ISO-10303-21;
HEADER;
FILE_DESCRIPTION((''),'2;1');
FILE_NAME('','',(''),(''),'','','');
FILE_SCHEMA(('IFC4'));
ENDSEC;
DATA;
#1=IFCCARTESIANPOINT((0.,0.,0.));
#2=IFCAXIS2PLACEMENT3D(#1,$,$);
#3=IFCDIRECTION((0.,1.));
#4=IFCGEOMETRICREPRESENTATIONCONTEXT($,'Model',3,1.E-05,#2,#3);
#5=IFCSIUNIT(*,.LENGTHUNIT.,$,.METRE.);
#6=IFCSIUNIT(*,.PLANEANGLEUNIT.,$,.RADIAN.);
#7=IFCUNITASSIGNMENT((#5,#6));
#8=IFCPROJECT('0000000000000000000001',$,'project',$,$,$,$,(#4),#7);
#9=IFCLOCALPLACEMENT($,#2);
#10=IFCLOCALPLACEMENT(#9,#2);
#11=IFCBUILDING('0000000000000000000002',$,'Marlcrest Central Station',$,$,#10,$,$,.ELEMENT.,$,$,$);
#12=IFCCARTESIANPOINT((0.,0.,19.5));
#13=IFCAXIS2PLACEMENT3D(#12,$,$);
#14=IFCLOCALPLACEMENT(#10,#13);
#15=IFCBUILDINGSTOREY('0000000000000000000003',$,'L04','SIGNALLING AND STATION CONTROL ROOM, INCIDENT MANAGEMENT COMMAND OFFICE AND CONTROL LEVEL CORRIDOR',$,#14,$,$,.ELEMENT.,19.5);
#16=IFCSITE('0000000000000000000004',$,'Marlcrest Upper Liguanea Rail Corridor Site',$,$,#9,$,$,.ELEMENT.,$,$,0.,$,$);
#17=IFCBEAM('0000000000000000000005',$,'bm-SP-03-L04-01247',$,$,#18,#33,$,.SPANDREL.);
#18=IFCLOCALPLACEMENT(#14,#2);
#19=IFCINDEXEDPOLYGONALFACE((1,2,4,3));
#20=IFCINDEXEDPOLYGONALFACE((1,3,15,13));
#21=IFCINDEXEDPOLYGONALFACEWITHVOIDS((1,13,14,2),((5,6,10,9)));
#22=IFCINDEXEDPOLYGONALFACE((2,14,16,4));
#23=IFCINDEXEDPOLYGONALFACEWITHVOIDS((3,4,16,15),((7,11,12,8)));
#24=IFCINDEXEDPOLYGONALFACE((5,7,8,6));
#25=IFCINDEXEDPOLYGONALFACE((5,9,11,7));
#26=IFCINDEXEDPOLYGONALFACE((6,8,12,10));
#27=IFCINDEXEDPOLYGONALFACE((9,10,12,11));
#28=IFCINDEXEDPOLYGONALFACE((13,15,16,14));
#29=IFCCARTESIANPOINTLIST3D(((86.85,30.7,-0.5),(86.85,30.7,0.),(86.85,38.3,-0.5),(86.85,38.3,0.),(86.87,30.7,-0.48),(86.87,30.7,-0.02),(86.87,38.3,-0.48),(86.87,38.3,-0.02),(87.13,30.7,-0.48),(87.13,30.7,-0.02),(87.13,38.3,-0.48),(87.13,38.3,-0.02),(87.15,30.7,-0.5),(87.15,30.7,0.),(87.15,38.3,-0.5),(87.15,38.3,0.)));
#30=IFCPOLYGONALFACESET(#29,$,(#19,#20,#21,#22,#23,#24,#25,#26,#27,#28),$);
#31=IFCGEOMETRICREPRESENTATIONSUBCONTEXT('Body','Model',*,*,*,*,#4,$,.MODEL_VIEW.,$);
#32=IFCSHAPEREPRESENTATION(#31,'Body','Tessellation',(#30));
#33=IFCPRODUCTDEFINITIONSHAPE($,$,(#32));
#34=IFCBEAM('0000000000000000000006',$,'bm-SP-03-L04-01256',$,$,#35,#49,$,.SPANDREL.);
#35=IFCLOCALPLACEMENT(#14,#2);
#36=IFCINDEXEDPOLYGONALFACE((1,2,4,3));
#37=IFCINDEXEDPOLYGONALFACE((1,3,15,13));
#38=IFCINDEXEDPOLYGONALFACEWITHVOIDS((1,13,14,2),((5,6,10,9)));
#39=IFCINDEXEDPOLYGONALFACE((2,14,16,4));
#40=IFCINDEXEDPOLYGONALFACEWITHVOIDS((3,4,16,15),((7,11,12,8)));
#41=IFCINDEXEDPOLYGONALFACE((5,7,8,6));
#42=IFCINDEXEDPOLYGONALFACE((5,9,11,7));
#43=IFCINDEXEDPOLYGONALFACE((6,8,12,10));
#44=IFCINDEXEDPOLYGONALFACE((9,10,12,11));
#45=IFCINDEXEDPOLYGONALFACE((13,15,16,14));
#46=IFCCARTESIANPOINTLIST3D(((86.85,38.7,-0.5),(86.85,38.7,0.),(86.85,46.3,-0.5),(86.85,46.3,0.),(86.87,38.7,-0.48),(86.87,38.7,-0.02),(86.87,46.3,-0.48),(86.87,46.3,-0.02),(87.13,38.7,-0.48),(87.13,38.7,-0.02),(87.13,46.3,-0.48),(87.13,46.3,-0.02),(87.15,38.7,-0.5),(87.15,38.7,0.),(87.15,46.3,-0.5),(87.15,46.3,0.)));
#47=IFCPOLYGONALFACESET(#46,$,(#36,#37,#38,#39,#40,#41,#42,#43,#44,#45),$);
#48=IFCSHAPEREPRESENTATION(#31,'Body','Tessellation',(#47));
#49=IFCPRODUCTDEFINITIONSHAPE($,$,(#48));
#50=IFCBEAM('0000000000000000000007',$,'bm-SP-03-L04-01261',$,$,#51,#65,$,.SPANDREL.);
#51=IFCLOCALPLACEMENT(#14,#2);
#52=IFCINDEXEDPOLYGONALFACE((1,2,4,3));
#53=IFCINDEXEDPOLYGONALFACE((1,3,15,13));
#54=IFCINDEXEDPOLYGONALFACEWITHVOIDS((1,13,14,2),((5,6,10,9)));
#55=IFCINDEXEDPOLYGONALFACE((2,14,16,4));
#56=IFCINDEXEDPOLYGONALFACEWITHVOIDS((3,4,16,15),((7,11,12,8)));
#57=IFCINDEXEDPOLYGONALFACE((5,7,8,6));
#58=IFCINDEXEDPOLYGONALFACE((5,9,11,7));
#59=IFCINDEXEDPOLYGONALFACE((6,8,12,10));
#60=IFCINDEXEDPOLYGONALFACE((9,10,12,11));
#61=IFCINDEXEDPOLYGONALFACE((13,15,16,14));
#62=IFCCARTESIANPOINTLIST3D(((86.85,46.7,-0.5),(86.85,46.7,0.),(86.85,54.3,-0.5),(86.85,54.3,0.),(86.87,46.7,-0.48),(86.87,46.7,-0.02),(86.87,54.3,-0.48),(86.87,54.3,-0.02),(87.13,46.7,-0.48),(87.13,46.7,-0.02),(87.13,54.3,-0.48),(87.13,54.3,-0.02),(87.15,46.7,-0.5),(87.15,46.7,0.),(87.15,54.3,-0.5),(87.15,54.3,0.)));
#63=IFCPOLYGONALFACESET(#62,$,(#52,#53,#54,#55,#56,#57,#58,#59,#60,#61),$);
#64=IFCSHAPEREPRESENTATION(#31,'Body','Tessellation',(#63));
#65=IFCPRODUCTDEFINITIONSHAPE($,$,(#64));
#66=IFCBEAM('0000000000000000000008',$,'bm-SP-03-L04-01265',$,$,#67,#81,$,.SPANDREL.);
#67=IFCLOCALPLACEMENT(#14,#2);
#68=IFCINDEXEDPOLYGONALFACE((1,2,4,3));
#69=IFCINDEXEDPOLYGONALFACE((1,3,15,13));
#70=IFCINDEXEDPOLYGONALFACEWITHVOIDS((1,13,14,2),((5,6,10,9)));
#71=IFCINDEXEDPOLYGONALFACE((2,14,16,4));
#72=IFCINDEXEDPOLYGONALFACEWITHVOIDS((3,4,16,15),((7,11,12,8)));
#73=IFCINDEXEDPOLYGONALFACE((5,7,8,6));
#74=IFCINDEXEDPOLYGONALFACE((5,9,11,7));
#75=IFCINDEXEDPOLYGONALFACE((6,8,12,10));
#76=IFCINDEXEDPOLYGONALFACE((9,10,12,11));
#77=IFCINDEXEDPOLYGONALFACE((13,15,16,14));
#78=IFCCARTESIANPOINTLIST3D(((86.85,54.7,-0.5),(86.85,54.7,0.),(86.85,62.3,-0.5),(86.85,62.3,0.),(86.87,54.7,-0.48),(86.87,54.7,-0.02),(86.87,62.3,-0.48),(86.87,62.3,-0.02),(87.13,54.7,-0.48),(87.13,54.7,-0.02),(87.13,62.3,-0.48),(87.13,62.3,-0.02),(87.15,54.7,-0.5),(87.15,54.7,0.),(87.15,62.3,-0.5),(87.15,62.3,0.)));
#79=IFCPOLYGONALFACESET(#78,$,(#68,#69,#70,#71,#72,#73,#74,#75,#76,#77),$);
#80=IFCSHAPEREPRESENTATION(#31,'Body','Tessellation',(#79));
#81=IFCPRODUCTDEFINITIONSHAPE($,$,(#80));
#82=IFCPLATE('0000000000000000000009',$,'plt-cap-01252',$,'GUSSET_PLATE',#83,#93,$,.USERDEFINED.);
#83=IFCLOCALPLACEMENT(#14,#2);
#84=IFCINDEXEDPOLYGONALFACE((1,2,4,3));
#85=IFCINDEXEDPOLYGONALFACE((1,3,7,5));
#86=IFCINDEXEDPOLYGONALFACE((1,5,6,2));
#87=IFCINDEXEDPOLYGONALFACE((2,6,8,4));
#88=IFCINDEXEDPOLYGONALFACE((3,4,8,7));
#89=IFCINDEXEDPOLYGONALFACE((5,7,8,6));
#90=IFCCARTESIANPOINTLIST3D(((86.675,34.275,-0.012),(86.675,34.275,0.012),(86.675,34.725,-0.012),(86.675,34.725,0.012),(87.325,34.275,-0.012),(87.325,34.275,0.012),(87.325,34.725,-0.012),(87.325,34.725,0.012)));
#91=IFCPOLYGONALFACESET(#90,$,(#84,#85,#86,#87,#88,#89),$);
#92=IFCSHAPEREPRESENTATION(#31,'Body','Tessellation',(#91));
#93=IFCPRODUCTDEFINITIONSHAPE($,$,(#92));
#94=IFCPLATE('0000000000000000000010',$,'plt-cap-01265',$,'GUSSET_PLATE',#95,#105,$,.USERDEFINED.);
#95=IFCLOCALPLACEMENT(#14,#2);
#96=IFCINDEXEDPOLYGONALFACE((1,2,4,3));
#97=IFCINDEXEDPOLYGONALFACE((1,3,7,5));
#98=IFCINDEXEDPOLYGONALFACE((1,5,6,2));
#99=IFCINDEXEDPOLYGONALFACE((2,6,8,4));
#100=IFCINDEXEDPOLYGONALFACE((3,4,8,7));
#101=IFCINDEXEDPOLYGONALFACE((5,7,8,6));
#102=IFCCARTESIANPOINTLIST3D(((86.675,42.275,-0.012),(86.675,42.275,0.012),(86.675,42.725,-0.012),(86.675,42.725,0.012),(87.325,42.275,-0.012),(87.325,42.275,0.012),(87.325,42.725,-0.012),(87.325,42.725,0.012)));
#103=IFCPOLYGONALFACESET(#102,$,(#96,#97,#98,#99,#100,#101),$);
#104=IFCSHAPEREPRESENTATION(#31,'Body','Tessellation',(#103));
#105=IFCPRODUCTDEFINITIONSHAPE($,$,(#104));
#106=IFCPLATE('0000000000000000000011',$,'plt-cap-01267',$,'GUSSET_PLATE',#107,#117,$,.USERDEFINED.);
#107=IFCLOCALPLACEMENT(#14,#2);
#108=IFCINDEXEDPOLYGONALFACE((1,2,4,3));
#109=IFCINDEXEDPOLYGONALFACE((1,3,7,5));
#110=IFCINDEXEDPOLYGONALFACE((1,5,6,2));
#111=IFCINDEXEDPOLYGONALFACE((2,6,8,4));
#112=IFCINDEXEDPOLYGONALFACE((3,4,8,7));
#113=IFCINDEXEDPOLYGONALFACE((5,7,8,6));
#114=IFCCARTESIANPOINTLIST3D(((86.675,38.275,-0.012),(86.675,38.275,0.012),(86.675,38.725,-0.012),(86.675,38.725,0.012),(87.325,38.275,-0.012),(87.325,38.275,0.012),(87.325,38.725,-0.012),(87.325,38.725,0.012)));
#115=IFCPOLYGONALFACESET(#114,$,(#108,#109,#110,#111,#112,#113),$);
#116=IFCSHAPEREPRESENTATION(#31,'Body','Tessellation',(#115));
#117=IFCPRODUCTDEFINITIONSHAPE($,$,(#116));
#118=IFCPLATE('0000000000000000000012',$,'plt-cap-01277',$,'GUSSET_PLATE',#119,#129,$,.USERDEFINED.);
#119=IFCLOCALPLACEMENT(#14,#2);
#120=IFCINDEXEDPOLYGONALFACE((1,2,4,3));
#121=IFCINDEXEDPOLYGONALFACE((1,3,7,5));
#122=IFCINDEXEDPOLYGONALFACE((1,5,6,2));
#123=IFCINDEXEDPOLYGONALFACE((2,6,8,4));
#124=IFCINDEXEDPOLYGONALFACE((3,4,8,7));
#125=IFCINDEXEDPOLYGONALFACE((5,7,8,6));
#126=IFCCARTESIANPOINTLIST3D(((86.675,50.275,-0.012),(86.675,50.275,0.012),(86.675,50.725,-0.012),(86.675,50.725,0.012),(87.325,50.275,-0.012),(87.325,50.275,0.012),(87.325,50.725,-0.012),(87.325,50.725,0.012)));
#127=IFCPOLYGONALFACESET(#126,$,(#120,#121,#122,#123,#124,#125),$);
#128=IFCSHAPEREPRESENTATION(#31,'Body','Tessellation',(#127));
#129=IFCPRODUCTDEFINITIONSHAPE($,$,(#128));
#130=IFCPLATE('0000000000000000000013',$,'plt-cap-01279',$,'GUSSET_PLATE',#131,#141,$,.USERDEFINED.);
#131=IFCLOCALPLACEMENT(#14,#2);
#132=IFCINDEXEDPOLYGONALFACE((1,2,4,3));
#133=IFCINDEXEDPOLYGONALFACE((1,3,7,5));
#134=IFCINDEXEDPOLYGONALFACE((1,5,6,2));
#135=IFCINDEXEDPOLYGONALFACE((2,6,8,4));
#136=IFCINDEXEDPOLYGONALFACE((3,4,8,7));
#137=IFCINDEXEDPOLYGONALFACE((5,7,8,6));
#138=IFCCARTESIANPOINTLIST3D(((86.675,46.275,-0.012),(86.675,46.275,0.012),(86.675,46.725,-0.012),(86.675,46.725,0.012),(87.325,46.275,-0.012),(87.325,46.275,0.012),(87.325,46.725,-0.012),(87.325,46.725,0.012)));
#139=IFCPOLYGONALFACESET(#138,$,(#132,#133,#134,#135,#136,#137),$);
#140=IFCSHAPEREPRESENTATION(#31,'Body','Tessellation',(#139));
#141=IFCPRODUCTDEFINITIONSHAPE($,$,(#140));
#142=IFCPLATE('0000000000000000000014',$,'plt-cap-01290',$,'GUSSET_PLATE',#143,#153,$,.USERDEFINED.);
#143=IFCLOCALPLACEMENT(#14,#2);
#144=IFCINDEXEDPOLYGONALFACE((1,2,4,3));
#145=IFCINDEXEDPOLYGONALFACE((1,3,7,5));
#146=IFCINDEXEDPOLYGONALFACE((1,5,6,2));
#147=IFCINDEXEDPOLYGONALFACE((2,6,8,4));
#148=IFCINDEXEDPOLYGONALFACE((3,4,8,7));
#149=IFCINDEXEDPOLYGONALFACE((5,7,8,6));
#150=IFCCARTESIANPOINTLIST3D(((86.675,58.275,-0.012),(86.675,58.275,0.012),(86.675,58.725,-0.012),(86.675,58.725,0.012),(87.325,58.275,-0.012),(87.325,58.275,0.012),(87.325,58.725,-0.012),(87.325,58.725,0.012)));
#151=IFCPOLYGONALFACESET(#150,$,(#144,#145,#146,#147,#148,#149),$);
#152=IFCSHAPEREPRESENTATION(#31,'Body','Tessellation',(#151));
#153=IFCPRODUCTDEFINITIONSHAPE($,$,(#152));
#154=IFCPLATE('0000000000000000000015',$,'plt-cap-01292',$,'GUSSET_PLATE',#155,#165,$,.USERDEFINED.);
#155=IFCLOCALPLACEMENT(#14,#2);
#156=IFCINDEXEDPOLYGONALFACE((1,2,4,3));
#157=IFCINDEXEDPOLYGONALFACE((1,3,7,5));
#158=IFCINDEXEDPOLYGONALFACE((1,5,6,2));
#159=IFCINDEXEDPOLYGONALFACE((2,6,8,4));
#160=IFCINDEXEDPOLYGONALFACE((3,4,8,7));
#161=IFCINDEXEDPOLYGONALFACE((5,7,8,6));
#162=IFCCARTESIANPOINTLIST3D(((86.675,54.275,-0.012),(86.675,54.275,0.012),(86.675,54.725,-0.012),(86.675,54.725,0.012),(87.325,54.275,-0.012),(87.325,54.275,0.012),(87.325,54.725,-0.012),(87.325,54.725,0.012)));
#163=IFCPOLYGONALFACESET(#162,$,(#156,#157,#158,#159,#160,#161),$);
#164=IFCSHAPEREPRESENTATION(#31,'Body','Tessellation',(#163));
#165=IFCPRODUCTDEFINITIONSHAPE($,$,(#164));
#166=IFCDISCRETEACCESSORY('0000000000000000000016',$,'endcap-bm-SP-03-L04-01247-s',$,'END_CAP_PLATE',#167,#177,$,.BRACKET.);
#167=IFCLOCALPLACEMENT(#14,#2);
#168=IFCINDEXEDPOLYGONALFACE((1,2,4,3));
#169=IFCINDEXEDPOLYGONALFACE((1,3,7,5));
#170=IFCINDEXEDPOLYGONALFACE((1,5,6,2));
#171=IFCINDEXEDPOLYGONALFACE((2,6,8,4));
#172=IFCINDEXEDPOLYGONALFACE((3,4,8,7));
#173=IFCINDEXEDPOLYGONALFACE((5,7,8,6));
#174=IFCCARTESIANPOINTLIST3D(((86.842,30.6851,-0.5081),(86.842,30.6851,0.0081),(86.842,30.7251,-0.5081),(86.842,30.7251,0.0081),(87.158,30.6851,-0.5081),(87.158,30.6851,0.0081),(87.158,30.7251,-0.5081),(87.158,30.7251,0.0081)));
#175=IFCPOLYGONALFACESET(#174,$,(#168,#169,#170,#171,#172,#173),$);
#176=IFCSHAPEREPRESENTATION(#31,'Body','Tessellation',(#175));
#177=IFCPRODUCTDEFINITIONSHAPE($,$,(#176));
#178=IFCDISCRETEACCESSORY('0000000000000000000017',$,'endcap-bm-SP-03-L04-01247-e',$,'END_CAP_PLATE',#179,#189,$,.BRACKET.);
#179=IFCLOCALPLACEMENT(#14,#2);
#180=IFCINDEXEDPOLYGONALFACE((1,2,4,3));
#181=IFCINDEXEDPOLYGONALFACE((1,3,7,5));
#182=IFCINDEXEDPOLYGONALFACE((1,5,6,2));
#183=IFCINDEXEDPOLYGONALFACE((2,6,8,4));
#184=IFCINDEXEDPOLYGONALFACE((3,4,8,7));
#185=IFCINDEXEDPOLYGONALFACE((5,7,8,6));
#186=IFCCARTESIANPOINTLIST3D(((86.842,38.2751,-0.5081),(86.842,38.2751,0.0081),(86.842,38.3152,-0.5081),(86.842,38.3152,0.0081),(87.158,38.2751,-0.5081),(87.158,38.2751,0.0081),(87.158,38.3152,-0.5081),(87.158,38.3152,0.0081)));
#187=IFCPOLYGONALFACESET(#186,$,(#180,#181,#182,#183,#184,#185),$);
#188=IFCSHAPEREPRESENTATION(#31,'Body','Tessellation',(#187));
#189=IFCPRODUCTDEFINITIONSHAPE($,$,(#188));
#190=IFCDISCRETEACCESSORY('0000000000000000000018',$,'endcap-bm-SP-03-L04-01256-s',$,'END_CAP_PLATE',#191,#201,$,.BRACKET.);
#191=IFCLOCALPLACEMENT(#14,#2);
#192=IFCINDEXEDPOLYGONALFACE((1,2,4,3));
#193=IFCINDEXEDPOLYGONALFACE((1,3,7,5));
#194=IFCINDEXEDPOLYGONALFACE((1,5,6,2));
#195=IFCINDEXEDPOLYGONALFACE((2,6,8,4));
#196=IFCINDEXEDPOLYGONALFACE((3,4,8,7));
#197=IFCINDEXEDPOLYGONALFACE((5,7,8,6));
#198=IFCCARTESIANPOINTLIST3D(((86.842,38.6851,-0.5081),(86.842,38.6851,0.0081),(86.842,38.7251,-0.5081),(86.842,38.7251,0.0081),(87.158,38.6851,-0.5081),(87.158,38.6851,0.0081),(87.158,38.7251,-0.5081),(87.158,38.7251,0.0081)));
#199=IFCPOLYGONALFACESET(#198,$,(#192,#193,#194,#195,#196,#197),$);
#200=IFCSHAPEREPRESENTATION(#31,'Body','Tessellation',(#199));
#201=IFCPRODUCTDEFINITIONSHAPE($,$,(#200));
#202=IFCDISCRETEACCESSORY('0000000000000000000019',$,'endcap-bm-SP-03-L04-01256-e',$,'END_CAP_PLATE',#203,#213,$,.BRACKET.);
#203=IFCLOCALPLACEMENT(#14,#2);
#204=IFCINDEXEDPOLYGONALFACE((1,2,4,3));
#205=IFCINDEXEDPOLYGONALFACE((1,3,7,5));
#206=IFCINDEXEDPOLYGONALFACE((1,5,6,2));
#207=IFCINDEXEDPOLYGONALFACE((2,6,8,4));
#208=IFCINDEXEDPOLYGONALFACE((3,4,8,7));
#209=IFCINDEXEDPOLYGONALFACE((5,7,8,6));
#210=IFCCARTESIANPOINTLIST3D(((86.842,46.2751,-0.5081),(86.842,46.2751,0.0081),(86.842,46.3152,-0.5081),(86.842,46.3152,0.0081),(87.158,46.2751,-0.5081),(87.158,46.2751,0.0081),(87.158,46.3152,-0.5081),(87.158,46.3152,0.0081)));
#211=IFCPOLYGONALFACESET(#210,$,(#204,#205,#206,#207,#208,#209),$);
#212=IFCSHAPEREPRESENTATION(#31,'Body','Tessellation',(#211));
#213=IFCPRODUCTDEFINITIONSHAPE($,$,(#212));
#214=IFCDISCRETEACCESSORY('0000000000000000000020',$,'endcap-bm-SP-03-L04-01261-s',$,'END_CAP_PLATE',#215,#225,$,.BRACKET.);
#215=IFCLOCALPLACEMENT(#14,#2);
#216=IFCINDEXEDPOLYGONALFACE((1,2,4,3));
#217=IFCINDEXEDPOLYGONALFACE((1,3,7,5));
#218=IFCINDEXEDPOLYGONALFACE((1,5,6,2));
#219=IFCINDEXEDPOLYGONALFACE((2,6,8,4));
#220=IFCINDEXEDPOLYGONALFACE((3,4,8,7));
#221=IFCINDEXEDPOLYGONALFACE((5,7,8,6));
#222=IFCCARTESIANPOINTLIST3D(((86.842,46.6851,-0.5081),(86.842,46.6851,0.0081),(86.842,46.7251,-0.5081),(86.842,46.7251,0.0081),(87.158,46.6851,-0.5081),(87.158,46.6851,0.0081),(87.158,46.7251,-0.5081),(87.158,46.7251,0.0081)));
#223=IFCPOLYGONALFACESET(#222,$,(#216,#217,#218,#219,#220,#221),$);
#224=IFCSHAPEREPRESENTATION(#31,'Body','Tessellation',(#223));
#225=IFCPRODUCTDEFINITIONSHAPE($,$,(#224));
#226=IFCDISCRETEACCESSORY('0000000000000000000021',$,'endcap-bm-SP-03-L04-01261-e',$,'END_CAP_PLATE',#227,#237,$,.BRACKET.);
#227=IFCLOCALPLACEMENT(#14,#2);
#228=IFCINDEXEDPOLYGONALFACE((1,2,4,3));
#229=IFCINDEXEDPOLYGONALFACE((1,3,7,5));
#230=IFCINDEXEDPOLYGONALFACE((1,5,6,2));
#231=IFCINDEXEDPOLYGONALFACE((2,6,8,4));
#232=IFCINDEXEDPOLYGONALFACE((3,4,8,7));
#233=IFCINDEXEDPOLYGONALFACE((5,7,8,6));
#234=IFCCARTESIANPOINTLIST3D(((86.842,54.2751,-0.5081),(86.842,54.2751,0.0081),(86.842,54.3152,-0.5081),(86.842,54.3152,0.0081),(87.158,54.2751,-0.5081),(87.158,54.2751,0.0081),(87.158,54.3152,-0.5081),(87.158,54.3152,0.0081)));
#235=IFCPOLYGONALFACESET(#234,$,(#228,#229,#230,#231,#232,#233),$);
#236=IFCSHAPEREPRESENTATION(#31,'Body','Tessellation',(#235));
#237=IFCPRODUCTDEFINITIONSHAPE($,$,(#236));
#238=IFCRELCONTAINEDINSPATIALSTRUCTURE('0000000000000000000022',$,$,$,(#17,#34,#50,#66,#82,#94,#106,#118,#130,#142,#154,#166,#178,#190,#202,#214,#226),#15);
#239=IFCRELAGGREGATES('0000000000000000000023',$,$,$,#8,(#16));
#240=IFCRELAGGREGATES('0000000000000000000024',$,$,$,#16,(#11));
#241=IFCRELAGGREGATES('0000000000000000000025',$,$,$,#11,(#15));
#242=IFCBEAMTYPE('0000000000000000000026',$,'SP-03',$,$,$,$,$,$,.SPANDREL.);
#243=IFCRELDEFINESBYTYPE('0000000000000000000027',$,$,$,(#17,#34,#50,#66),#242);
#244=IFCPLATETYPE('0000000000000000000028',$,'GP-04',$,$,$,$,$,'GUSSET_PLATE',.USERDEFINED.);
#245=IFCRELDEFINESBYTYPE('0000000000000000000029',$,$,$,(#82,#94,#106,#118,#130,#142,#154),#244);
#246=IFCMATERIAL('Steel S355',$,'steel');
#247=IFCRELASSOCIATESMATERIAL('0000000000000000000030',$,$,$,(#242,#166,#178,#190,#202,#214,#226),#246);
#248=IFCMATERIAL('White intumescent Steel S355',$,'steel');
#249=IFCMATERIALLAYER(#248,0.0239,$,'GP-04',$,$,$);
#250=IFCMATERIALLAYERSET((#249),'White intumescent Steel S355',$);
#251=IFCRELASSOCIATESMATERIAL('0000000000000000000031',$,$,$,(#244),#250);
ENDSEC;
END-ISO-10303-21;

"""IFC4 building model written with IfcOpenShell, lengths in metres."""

from ifc_helpers import new_model, si_unit, direction, frame, origin, origin_2d, place, context, subcontext, project, spatial, rectangle, hollow_rectangle, extrude, material, layer, layer_set, material_profile, profile_set, type_object, element, save


model = new_model("IFC4")

# Units and contexts
model_context = context("Model", 3, precision=1e-05, world=origin(), true_north=direction((0.0, 1.0)))
body_context = subcontext(model_context, "Body", "Model", "MODEL_VIEW")
ifc_project = project(units=[si_unit("LENGTHUNIT", "METRE"), si_unit("PLANEANGLEUNIT", "RADIAN")], contexts=[model_context])

# Site, building, storey
site_placement = place(None, origin())
site = spatial("IfcSite", under=ifc_project, at=site_placement, Name="Marlcrest Upper Liguanea Rail Corridor Site", CompositionType="ELEMENT", RefElevation=0.0)
building_placement = place(site_placement, origin())
building = spatial("IfcBuilding", under=site, at=building_placement, Name="Marlcrest Central Station", CompositionType="ELEMENT")
storey_placement = place(building_placement, frame((0.0, 0.0, 19.5)))
storey = spatial("IfcBuildingStorey", under=building, at=storey_placement, Name="L04", Description="SIGNALLING AND STATION CONTROL ROOM, INCIDENT MANAGEMENT COMMAND OFFICE AND CONTROL LEVEL CORRIDOR", CompositionType="ELEMENT", Elevation=19.5)

# Beams
ifc_material_1 = material(Name="Steel S355", Category="steel")
ifc_material_profile = material_profile(ifc_material_1, hollow_rectangle(XDim=0.3, YDim=0.5, WallThickness=0.02, at=origin_2d()), Name="RHS 500x300x20")
ifc_profile_set = profile_set([ifc_material_profile], Name="Steel S355")
beam_type = type_object("IfcBeamType", Name="SP-03", PredefinedType="SPANDREL", material=ifc_profile_set)
for number, where, z_axis, x_axis, name in (
    (1, (87.0, 30.7, -0.25), (0.0, 1.0, 0.0), (-1.0, 0.0, 0.0), "bm-SP-03-L04-01247"),
    (2, (87.0, 38.7, -0.25), (0.0, 1.0, 0.0), (-1.0, 0.0, 0.0), "bm-SP-03-L04-01256"),
    (3, (87.0, 46.7, -0.25), (0.0, 1.0, 0.0), (-1.0, 0.0, 0.0), "bm-SP-03-L04-01261"),
    (4, (87.0, 54.7, -0.25), (0.0, 1.0, 0.0), (-1.0, 0.0, 0.0), "bm-SP-03-L04-01265"),
):
    element("IfcBeam", number, at=place(storey_placement, frame(where, z_axis=z_axis, x_axis=x_axis)), inside=storey, type_object=beam_type, Name=name, PredefinedType="SPANDREL", context=body_context, shape_type="SweptSolid", body=[
        extrude(hollow_rectangle(XDim=0.3, YDim=0.5, WallThickness=0.02, at=origin_2d()), origin(), (0.0, 0.0, 1.0), 7.6001),
    ])

# Plates
ifc_material_2 = material(Name="White intumescent Steel S355", Category="steel")
ifc_layer = layer(ifc_material_2, 0.0239, Name="GP-04")
ifc_layer_set = layer_set([ifc_layer], Name="White intumescent Steel S355")
plate_type = type_object("IfcPlateType", Name="GP-04", ElementType="GUSSET_PLATE", PredefinedType="USERDEFINED", material=ifc_layer_set)
for number, where, z_axis, x_axis, name in (
    (5, (87.0, 34.5, -0.012), (0.0, 0.0, 1.0), (1.0, 0.0, 0.0), "plt-cap-01252"),
    (6, (87.0, 42.5, -0.012), (0.0, 0.0, 1.0), (1.0, 0.0, 0.0), "plt-cap-01265"),
    (7, (87.0, 38.5, -0.012), (0.0, 0.0, 1.0), (1.0, 0.0, 0.0), "plt-cap-01267"),
    (8, (87.0, 50.5, -0.012), (0.0, 0.0, 1.0), (1.0, 0.0, 0.0), "plt-cap-01277"),
    (9, (87.0, 46.5, -0.012), (0.0, 0.0, 1.0), (1.0, 0.0, 0.0), "plt-cap-01279"),
    (10, (87.0, 58.5, -0.012), (0.0, 0.0, 1.0), (1.0, 0.0, 0.0), "plt-cap-01290"),
    (11, (87.0, 54.5, -0.012), (0.0, 0.0, 1.0), (1.0, 0.0, 0.0), "plt-cap-01292"),
):
    element("IfcPlate", number, at=place(storey_placement, frame(where, z_axis=z_axis, x_axis=x_axis)), inside=storey, type_object=plate_type, Name=name, ObjectType="GUSSET_PLATE", PredefinedType="USERDEFINED", context=body_context, shape_type="SweptSolid", body=[
        extrude(rectangle(XDim=0.6499, YDim=0.45, at=origin_2d()), origin(), (0.0, 0.0, 1.0), 0.0239),
    ])

# Discrete accessories
for number, where, z_axis, x_axis, name in (
    (12, (87.0, 30.6851, -0.25), (0.0, 1.0, 0.0), (-1.0, 0.0, 0.0), "endcap-bm-SP-03-L04-01247-s"),
    (13, (87.0, 38.2751, -0.25), (0.0, 1.0, 0.0), (-1.0, 0.0, 0.0), "endcap-bm-SP-03-L04-01247-e"),
    (14, (87.0, 38.6851, -0.25), (0.0, 1.0, 0.0), (-1.0, 0.0, 0.0), "endcap-bm-SP-03-L04-01256-s"),
    (15, (87.0, 46.2751, -0.25), (0.0, 1.0, 0.0), (-1.0, 0.0, 0.0), "endcap-bm-SP-03-L04-01256-e"),
    (16, (87.0, 46.6851, -0.25), (0.0, 1.0, 0.0), (-1.0, 0.0, 0.0), "endcap-bm-SP-03-L04-01261-s"),
    (17, (87.0, 54.2751, -0.25), (0.0, 1.0, 0.0), (-1.0, 0.0, 0.0), "endcap-bm-SP-03-L04-01261-e"),
):
    element("IfcDiscreteAccessory", number, at=place(storey_placement, frame(where, z_axis=z_axis, x_axis=x_axis)), inside=storey, material=ifc_material_1, Name=name, ObjectType="END_CAP_PLATE", PredefinedType="BRACKET", context=body_context, shape_type="SweptSolid", body=[
        extrude(rectangle(XDim=0.3159, YDim=0.5161, at=origin_2d()), origin(), (0.0, 0.0, 1.0), 0.04),
    ])

save(model, "model.ifc")
